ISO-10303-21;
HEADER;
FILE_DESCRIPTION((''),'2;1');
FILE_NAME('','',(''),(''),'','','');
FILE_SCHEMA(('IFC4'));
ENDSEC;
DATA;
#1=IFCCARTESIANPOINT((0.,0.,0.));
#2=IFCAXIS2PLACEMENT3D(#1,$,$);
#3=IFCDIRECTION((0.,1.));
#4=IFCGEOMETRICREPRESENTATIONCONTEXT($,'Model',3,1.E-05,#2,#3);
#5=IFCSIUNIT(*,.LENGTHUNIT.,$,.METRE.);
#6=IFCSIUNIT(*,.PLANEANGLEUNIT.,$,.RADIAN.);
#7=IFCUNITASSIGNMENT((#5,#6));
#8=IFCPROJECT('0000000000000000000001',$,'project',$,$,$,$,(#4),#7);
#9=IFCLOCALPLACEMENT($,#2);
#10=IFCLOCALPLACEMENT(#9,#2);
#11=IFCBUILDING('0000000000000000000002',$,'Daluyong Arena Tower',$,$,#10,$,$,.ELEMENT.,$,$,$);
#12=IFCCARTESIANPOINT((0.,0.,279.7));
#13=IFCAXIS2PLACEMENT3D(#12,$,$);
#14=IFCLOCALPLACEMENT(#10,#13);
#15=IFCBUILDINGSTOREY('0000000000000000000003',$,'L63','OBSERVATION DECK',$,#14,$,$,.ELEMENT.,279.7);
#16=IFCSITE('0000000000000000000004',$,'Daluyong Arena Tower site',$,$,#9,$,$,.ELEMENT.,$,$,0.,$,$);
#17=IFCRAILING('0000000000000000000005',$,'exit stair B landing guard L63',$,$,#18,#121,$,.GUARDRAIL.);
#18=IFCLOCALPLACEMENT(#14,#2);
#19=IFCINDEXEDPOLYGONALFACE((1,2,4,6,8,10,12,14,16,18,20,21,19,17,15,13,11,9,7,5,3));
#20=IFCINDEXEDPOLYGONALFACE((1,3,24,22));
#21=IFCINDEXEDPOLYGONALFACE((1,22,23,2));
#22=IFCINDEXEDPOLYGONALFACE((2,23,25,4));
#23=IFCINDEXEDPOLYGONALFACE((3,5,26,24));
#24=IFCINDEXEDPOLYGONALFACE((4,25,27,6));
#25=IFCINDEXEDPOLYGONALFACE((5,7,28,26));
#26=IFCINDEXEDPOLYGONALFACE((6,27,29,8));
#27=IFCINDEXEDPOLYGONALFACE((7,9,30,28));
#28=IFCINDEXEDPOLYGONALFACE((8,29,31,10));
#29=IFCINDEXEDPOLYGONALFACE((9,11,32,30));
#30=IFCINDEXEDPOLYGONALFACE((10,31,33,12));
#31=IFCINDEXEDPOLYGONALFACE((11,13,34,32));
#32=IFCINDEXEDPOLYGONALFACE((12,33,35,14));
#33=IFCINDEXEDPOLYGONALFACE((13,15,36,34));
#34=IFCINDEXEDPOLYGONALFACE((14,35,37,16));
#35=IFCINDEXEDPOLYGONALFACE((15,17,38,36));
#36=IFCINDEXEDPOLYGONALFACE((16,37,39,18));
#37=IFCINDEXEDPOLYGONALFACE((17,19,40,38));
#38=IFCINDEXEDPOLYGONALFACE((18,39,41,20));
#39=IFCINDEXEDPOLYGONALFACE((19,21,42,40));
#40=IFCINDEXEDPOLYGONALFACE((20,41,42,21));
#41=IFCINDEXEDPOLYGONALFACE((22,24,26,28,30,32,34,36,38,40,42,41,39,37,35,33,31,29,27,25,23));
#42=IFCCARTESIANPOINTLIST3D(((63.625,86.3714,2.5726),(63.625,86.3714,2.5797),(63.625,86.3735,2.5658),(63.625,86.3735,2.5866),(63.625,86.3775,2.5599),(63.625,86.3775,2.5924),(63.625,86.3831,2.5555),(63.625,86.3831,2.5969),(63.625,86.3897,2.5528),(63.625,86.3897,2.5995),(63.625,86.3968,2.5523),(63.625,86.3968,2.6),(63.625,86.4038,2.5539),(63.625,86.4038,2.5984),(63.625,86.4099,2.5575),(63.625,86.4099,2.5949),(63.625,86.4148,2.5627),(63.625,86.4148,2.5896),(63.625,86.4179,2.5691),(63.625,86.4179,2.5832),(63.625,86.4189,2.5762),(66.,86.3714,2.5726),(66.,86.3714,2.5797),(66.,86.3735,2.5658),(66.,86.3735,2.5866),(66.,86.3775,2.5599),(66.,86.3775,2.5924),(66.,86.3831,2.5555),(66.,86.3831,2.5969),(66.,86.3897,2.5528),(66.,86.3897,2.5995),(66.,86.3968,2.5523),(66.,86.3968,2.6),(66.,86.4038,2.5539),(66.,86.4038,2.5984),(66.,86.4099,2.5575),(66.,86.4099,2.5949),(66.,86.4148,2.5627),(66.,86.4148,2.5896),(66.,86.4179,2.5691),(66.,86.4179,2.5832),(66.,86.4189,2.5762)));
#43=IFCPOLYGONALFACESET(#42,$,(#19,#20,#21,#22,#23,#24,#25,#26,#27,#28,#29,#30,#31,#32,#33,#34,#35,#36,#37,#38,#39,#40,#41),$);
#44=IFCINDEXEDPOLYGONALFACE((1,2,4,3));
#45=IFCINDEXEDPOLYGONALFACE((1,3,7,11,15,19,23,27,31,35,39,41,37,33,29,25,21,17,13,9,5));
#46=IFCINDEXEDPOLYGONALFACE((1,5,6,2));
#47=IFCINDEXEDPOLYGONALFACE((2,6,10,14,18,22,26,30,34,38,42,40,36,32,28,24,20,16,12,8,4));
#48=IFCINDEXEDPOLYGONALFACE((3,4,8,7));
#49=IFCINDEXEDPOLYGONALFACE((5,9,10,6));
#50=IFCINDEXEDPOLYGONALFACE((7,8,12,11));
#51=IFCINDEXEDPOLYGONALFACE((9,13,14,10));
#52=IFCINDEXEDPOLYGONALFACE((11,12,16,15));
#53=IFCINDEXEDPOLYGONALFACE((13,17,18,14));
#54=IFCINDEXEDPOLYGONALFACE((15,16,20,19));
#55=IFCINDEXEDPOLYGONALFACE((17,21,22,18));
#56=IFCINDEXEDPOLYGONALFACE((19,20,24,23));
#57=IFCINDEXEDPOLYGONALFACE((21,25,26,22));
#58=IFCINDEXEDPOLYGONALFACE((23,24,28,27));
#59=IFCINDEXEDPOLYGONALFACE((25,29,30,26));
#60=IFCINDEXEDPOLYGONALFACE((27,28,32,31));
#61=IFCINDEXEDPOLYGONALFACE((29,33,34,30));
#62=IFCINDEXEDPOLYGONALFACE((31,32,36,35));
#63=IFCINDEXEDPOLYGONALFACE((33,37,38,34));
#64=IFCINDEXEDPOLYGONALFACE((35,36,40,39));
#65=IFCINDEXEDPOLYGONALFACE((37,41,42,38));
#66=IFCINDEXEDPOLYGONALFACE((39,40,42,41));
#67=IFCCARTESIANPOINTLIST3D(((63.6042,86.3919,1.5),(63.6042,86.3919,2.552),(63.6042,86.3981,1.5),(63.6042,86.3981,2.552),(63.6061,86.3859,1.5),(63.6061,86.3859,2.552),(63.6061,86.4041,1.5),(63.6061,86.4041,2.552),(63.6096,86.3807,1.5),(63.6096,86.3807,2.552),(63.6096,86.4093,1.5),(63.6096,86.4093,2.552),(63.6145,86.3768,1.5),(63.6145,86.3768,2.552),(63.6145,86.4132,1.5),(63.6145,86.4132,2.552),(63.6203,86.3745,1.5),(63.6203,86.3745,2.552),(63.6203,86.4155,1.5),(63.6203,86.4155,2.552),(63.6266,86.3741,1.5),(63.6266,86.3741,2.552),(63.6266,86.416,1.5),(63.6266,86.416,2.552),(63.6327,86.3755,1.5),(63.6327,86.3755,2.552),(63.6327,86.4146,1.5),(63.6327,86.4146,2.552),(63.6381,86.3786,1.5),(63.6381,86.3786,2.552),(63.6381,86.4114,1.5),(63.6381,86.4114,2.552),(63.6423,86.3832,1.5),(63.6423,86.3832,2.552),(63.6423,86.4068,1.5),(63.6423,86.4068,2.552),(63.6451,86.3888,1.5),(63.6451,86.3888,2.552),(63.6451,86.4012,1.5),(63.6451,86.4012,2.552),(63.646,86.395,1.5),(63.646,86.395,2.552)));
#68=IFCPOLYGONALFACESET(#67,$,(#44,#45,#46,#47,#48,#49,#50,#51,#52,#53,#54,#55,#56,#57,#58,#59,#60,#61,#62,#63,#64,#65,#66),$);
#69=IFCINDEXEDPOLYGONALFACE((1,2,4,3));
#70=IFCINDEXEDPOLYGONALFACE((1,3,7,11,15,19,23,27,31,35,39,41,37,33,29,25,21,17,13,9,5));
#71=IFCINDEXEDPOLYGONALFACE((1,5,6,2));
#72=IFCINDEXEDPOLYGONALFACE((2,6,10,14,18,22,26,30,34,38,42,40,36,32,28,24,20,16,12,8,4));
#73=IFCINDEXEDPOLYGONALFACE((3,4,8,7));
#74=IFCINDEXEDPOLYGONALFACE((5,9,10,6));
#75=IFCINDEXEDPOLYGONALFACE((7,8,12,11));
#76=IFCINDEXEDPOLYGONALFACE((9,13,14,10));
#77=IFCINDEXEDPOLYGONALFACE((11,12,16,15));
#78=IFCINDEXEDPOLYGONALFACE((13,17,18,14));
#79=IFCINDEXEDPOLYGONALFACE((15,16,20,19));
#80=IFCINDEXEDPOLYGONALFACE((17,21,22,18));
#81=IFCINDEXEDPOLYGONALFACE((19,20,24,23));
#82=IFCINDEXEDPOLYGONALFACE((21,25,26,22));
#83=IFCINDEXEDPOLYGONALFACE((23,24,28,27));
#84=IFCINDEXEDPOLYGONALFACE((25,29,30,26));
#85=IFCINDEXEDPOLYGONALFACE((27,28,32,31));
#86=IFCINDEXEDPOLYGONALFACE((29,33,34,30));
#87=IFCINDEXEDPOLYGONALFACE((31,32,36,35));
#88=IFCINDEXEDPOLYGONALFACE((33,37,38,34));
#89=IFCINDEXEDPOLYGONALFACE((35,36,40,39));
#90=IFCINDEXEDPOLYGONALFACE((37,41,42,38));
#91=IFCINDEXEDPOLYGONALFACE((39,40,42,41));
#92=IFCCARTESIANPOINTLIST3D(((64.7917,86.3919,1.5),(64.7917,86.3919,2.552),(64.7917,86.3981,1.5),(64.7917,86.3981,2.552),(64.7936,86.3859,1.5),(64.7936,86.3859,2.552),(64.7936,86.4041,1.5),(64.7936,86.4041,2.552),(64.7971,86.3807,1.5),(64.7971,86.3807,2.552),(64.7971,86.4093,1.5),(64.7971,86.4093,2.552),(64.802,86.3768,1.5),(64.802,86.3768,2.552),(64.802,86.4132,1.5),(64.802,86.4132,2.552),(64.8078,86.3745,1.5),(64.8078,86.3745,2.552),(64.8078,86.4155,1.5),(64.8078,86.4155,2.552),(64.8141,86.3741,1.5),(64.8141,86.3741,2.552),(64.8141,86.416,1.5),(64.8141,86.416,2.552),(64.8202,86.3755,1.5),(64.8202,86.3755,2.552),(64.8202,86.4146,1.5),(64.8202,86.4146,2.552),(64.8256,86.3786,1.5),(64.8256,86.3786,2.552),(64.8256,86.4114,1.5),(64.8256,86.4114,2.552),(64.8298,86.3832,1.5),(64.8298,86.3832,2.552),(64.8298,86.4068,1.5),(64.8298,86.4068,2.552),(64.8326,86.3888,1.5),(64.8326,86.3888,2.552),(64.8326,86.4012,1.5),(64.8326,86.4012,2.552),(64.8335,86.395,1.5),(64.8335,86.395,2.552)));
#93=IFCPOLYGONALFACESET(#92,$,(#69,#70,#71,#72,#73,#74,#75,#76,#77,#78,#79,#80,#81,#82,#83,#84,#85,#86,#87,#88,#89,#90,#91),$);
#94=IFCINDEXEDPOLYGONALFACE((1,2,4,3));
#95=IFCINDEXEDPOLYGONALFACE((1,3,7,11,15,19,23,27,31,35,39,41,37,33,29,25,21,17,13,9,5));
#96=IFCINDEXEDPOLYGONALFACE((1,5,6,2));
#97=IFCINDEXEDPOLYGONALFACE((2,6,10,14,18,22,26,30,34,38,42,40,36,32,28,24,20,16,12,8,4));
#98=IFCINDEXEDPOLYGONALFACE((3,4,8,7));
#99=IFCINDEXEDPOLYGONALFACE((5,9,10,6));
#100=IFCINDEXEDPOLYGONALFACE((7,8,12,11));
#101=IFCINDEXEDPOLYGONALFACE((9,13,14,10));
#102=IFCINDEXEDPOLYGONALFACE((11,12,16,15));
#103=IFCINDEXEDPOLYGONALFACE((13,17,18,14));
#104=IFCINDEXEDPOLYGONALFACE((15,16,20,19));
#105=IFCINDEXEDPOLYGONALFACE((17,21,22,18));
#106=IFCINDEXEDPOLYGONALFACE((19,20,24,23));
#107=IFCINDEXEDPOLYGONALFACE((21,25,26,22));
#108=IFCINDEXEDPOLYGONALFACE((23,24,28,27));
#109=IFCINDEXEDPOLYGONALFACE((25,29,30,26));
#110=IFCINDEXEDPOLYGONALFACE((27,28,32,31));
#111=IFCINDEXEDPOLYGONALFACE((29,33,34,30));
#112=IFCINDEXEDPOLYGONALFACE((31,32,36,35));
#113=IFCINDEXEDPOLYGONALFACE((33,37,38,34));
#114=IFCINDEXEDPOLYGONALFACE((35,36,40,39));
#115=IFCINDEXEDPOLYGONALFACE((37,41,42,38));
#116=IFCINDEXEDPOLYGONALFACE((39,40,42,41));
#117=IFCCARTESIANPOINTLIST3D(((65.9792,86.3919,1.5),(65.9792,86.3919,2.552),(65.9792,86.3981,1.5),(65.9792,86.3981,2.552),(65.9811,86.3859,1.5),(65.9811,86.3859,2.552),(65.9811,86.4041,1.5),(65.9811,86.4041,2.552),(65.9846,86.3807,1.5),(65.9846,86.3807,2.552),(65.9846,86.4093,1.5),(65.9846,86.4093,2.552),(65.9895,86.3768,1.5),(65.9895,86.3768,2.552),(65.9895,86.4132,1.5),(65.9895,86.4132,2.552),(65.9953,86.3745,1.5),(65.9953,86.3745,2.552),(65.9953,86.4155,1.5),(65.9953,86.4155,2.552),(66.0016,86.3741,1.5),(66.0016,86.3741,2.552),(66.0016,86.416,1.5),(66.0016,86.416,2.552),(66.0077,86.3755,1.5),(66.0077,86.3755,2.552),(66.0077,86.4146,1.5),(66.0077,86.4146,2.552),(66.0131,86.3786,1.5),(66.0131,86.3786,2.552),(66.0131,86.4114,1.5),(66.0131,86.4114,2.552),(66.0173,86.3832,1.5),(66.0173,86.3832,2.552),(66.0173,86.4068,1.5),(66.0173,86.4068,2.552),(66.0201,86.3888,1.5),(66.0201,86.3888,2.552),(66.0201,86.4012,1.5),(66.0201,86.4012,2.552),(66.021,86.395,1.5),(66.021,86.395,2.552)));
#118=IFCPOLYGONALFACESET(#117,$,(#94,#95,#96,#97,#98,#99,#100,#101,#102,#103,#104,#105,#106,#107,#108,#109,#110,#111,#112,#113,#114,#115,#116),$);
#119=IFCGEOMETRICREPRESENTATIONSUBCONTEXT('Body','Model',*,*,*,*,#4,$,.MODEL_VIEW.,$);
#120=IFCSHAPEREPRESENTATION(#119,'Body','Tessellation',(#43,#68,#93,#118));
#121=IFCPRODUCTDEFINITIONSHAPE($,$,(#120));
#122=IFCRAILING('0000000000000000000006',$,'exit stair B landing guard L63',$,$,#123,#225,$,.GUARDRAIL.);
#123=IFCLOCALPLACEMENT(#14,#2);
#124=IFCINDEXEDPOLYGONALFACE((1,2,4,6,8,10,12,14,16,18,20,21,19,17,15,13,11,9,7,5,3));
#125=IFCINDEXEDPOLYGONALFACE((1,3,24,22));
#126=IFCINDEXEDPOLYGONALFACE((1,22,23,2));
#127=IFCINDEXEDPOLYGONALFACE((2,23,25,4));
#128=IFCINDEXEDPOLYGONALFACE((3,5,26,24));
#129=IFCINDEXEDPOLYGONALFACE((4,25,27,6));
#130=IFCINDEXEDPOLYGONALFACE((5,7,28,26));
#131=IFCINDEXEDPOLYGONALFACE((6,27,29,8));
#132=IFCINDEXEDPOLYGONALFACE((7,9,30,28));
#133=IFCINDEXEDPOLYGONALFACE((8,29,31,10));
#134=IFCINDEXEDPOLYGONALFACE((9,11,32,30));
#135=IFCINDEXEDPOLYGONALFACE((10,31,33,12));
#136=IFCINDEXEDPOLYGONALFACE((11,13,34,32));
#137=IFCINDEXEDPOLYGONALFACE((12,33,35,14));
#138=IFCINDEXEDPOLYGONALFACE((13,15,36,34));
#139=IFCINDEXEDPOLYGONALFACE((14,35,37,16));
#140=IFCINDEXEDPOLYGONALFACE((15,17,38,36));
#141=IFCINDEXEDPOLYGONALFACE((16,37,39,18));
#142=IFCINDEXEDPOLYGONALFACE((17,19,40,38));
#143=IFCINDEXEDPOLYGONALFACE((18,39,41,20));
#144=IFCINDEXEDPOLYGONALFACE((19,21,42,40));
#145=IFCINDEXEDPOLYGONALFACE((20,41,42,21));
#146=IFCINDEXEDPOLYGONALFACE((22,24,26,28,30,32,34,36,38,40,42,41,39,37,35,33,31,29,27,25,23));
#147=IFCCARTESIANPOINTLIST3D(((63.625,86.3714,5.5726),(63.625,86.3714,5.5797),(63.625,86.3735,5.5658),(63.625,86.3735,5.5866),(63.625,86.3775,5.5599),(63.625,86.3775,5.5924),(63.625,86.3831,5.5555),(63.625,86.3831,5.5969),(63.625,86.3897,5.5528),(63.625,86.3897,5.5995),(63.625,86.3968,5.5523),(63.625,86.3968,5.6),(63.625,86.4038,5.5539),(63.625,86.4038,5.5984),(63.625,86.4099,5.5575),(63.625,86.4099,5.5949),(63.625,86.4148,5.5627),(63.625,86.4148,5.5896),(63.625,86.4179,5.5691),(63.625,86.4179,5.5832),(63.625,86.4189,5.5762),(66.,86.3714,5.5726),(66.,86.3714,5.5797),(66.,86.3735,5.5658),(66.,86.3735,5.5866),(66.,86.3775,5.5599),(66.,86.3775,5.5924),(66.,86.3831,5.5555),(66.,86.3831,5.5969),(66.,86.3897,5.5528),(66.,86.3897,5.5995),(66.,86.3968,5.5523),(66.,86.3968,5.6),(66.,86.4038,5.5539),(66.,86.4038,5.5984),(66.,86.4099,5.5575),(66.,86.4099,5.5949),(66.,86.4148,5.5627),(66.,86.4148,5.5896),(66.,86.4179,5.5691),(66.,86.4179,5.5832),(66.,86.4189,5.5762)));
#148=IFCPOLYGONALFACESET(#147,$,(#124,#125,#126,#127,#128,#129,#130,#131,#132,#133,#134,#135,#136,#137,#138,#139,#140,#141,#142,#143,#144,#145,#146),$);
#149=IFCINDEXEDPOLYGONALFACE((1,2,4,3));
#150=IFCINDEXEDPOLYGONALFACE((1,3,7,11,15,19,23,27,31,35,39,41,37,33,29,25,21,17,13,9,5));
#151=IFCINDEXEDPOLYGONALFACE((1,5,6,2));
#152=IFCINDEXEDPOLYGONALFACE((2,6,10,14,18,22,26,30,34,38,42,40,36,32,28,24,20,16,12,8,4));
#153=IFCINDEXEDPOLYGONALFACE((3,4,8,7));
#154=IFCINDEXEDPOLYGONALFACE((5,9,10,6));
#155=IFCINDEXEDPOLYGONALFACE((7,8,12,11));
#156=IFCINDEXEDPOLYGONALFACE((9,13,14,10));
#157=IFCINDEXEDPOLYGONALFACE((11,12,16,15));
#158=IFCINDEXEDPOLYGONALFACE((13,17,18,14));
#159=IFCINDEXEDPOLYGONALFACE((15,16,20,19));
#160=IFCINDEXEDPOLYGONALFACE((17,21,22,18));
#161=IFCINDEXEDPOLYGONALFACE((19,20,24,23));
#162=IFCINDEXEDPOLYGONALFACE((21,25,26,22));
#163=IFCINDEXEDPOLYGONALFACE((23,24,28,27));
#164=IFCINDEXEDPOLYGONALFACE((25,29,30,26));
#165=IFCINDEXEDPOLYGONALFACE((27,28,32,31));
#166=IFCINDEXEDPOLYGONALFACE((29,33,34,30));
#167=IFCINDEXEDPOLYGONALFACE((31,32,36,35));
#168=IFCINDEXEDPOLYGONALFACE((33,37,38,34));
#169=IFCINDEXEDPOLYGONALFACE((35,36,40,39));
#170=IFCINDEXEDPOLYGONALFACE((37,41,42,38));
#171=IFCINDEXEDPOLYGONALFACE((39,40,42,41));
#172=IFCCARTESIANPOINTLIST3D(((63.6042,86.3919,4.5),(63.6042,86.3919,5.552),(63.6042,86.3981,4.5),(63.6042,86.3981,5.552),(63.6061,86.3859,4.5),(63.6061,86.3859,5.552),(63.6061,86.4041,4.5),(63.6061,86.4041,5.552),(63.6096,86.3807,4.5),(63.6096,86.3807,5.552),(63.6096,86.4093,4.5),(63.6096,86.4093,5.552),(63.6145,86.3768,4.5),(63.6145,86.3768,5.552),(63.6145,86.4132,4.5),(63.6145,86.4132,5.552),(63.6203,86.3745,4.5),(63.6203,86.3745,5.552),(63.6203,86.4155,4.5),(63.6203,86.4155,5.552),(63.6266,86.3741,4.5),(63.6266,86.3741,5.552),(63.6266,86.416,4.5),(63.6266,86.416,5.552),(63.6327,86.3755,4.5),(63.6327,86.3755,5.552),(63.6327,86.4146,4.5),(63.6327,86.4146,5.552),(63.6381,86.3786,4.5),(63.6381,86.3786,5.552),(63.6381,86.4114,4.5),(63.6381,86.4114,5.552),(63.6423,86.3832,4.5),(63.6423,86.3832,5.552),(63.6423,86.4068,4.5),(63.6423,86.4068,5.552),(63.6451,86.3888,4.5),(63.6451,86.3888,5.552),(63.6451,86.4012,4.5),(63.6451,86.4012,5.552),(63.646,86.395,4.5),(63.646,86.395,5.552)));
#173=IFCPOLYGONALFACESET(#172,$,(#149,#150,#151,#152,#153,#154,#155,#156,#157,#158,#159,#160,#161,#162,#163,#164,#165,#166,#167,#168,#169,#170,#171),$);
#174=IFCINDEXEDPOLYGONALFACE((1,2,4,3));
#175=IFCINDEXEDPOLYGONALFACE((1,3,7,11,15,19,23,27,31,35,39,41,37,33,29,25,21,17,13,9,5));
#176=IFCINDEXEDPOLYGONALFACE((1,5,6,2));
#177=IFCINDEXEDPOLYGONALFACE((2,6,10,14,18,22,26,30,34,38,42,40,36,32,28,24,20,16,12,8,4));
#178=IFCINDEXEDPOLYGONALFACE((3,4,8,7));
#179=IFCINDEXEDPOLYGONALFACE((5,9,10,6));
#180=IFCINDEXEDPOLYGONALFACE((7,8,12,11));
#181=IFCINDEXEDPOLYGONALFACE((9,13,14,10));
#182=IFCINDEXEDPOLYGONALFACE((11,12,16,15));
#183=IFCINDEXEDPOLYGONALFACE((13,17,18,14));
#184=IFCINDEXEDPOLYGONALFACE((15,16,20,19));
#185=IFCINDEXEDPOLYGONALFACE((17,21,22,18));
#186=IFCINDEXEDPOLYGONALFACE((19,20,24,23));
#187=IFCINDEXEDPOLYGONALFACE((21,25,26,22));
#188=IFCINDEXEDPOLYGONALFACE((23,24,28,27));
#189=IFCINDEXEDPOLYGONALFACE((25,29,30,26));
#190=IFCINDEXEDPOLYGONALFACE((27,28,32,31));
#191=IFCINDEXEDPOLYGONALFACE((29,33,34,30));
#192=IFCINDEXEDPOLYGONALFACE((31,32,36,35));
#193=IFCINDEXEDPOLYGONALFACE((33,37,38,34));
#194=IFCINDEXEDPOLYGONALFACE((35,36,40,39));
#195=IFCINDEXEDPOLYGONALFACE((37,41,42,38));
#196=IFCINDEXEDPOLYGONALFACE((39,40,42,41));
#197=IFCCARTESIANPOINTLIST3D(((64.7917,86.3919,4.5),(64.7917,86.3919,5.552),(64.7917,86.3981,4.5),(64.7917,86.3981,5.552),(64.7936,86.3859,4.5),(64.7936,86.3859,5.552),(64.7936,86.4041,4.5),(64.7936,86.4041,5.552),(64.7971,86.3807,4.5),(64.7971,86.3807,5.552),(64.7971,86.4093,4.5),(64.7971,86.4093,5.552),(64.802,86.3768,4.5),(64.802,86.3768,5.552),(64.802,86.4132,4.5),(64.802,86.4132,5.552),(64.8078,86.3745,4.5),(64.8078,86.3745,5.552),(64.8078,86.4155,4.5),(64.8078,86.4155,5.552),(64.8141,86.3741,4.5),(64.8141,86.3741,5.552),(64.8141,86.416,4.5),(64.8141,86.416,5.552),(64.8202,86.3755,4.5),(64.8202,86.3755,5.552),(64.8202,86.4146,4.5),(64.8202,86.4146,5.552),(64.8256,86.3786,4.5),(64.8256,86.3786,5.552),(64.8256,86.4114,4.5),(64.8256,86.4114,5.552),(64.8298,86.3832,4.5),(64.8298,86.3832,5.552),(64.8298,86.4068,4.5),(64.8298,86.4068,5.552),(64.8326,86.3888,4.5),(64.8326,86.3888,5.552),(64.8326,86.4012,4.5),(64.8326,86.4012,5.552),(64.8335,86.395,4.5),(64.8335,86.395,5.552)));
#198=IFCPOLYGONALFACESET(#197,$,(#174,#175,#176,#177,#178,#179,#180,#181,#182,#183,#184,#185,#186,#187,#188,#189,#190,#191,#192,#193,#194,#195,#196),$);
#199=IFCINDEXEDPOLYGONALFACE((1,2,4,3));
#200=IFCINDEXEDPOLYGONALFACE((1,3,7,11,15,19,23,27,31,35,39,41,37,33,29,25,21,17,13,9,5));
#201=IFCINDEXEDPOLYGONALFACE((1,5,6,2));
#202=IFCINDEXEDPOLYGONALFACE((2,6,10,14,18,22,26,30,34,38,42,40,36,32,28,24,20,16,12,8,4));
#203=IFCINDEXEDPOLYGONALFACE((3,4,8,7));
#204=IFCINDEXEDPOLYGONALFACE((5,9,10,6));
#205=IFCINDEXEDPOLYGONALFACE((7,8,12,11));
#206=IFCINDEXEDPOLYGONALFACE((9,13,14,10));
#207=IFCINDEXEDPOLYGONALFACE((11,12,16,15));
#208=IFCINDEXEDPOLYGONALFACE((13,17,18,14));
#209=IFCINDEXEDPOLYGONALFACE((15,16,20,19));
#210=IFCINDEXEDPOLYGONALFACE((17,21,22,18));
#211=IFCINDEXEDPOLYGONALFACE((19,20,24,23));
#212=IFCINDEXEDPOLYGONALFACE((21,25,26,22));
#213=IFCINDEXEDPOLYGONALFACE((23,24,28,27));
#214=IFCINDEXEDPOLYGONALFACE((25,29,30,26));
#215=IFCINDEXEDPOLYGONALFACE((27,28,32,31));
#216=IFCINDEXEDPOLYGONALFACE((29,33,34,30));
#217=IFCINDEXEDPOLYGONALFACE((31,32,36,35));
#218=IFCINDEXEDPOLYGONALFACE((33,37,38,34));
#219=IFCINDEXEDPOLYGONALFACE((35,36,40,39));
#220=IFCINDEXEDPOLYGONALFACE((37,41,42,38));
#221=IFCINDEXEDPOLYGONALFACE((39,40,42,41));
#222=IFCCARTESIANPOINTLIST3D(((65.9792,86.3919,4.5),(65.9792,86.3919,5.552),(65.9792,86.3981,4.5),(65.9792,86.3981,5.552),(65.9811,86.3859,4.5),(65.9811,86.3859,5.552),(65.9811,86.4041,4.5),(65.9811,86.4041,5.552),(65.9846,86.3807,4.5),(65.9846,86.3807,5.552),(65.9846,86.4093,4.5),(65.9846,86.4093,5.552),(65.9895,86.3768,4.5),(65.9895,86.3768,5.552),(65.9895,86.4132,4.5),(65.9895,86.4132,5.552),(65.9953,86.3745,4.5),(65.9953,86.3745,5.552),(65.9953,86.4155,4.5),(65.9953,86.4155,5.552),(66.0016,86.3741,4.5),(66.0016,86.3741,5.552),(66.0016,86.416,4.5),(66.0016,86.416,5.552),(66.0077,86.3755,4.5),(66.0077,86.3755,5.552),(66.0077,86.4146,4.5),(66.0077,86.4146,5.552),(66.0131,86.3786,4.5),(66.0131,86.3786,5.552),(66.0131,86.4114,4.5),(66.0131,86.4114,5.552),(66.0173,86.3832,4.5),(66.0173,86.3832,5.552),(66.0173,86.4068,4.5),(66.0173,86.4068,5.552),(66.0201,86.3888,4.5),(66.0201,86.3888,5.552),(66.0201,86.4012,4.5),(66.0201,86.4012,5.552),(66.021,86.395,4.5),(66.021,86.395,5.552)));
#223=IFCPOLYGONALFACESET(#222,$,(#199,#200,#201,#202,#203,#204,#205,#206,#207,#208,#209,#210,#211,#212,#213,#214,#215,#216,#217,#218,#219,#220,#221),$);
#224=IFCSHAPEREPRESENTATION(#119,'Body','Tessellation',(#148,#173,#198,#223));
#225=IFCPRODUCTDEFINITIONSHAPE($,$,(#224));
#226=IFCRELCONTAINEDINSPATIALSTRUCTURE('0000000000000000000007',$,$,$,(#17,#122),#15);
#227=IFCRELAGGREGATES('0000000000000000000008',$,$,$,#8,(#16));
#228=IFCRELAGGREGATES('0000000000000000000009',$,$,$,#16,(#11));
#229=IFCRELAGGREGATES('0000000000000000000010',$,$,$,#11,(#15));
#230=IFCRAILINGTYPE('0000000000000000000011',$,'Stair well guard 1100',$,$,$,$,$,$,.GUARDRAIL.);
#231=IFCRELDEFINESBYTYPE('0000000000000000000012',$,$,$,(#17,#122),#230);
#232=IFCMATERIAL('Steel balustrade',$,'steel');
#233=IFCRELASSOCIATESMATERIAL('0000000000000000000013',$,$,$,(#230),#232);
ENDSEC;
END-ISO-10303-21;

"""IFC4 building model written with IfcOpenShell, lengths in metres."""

from ifc_helpers import new_model, si_unit, direction, frame, origin, origin_2d, place, context, subcontext, project, spatial, circle, extrude, material, type_object, element, save


model = new_model("IFC4")

# Units and contexts
model_context = context("Model", 3, precision=1e-05, world=origin(), true_north=direction((0.0, 1.0)))
body_context = subcontext(model_context, "Body", "Model", "MODEL_VIEW")
ifc_project = project(units=[si_unit("LENGTHUNIT", "METRE"), si_unit("PLANEANGLEUNIT", "RADIAN")], contexts=[model_context])

# Site, building, storey
site_placement = place(None, origin())
site = spatial("IfcSite", under=ifc_project, at=site_placement, Name="Daluyong Arena Tower site", CompositionType="ELEMENT", RefElevation=0.0)
building_placement = place(site_placement, origin())
building = spatial("IfcBuilding", under=site, at=building_placement, Name="Daluyong Arena Tower", CompositionType="ELEMENT")
storey_placement = place(building_placement, frame((0.0, 0.0, 279.7)))
storey = spatial("IfcBuildingStorey", under=building, at=storey_placement, Name="L63", Description="OBSERVATION DECK", CompositionType="ELEMENT", Elevation=279.7)

# Railings
ifc_material_1 = material(Name="Steel balustrade", Category="steel")
railing_type_1 = type_object("IfcRailingType", Name="Stair well guard 1100", PredefinedType="GUARDRAIL", material=ifc_material_1)
for number, where, name in (
    (1, (63.625, 86.395, 1.5), "exit stair B landing guard L63"),
    (2, (63.625, 86.395, 4.5), "exit stair B landing guard L63"),
):
    element("IfcRailing", number, at=place(storey_placement, frame(where)), inside=storey, type_object=railing_type_1, Name=name, PredefinedType="GUARDRAIL", context=body_context, shape_type="SweptSolid", body=[
        extrude(circle(Radius=0.0239, at=origin_2d()), frame((0.0, 0.0, 1.0762), z_axis=(1.0, 0.0, 0.0), x_axis=(0.0, 1.0, 0.0)), (0.0, 0.0, 1.0), 2.375),
        extrude(circle(Radius=0.021, at=origin_2d()), origin(), (0.0, 0.0, 1.0), 1.052),
        extrude(circle(Radius=0.021, at=origin_2d()), frame((1.1875, 0.0, 0.0)), (0.0, 0.0, 1.0), 1.052),
        extrude(circle(Radius=0.021, at=origin_2d()), frame((2.375, 0.0, 0.0)), (0.0, 0.0, 1.0), 1.052),
    ])

save(model, "model.ifc")
